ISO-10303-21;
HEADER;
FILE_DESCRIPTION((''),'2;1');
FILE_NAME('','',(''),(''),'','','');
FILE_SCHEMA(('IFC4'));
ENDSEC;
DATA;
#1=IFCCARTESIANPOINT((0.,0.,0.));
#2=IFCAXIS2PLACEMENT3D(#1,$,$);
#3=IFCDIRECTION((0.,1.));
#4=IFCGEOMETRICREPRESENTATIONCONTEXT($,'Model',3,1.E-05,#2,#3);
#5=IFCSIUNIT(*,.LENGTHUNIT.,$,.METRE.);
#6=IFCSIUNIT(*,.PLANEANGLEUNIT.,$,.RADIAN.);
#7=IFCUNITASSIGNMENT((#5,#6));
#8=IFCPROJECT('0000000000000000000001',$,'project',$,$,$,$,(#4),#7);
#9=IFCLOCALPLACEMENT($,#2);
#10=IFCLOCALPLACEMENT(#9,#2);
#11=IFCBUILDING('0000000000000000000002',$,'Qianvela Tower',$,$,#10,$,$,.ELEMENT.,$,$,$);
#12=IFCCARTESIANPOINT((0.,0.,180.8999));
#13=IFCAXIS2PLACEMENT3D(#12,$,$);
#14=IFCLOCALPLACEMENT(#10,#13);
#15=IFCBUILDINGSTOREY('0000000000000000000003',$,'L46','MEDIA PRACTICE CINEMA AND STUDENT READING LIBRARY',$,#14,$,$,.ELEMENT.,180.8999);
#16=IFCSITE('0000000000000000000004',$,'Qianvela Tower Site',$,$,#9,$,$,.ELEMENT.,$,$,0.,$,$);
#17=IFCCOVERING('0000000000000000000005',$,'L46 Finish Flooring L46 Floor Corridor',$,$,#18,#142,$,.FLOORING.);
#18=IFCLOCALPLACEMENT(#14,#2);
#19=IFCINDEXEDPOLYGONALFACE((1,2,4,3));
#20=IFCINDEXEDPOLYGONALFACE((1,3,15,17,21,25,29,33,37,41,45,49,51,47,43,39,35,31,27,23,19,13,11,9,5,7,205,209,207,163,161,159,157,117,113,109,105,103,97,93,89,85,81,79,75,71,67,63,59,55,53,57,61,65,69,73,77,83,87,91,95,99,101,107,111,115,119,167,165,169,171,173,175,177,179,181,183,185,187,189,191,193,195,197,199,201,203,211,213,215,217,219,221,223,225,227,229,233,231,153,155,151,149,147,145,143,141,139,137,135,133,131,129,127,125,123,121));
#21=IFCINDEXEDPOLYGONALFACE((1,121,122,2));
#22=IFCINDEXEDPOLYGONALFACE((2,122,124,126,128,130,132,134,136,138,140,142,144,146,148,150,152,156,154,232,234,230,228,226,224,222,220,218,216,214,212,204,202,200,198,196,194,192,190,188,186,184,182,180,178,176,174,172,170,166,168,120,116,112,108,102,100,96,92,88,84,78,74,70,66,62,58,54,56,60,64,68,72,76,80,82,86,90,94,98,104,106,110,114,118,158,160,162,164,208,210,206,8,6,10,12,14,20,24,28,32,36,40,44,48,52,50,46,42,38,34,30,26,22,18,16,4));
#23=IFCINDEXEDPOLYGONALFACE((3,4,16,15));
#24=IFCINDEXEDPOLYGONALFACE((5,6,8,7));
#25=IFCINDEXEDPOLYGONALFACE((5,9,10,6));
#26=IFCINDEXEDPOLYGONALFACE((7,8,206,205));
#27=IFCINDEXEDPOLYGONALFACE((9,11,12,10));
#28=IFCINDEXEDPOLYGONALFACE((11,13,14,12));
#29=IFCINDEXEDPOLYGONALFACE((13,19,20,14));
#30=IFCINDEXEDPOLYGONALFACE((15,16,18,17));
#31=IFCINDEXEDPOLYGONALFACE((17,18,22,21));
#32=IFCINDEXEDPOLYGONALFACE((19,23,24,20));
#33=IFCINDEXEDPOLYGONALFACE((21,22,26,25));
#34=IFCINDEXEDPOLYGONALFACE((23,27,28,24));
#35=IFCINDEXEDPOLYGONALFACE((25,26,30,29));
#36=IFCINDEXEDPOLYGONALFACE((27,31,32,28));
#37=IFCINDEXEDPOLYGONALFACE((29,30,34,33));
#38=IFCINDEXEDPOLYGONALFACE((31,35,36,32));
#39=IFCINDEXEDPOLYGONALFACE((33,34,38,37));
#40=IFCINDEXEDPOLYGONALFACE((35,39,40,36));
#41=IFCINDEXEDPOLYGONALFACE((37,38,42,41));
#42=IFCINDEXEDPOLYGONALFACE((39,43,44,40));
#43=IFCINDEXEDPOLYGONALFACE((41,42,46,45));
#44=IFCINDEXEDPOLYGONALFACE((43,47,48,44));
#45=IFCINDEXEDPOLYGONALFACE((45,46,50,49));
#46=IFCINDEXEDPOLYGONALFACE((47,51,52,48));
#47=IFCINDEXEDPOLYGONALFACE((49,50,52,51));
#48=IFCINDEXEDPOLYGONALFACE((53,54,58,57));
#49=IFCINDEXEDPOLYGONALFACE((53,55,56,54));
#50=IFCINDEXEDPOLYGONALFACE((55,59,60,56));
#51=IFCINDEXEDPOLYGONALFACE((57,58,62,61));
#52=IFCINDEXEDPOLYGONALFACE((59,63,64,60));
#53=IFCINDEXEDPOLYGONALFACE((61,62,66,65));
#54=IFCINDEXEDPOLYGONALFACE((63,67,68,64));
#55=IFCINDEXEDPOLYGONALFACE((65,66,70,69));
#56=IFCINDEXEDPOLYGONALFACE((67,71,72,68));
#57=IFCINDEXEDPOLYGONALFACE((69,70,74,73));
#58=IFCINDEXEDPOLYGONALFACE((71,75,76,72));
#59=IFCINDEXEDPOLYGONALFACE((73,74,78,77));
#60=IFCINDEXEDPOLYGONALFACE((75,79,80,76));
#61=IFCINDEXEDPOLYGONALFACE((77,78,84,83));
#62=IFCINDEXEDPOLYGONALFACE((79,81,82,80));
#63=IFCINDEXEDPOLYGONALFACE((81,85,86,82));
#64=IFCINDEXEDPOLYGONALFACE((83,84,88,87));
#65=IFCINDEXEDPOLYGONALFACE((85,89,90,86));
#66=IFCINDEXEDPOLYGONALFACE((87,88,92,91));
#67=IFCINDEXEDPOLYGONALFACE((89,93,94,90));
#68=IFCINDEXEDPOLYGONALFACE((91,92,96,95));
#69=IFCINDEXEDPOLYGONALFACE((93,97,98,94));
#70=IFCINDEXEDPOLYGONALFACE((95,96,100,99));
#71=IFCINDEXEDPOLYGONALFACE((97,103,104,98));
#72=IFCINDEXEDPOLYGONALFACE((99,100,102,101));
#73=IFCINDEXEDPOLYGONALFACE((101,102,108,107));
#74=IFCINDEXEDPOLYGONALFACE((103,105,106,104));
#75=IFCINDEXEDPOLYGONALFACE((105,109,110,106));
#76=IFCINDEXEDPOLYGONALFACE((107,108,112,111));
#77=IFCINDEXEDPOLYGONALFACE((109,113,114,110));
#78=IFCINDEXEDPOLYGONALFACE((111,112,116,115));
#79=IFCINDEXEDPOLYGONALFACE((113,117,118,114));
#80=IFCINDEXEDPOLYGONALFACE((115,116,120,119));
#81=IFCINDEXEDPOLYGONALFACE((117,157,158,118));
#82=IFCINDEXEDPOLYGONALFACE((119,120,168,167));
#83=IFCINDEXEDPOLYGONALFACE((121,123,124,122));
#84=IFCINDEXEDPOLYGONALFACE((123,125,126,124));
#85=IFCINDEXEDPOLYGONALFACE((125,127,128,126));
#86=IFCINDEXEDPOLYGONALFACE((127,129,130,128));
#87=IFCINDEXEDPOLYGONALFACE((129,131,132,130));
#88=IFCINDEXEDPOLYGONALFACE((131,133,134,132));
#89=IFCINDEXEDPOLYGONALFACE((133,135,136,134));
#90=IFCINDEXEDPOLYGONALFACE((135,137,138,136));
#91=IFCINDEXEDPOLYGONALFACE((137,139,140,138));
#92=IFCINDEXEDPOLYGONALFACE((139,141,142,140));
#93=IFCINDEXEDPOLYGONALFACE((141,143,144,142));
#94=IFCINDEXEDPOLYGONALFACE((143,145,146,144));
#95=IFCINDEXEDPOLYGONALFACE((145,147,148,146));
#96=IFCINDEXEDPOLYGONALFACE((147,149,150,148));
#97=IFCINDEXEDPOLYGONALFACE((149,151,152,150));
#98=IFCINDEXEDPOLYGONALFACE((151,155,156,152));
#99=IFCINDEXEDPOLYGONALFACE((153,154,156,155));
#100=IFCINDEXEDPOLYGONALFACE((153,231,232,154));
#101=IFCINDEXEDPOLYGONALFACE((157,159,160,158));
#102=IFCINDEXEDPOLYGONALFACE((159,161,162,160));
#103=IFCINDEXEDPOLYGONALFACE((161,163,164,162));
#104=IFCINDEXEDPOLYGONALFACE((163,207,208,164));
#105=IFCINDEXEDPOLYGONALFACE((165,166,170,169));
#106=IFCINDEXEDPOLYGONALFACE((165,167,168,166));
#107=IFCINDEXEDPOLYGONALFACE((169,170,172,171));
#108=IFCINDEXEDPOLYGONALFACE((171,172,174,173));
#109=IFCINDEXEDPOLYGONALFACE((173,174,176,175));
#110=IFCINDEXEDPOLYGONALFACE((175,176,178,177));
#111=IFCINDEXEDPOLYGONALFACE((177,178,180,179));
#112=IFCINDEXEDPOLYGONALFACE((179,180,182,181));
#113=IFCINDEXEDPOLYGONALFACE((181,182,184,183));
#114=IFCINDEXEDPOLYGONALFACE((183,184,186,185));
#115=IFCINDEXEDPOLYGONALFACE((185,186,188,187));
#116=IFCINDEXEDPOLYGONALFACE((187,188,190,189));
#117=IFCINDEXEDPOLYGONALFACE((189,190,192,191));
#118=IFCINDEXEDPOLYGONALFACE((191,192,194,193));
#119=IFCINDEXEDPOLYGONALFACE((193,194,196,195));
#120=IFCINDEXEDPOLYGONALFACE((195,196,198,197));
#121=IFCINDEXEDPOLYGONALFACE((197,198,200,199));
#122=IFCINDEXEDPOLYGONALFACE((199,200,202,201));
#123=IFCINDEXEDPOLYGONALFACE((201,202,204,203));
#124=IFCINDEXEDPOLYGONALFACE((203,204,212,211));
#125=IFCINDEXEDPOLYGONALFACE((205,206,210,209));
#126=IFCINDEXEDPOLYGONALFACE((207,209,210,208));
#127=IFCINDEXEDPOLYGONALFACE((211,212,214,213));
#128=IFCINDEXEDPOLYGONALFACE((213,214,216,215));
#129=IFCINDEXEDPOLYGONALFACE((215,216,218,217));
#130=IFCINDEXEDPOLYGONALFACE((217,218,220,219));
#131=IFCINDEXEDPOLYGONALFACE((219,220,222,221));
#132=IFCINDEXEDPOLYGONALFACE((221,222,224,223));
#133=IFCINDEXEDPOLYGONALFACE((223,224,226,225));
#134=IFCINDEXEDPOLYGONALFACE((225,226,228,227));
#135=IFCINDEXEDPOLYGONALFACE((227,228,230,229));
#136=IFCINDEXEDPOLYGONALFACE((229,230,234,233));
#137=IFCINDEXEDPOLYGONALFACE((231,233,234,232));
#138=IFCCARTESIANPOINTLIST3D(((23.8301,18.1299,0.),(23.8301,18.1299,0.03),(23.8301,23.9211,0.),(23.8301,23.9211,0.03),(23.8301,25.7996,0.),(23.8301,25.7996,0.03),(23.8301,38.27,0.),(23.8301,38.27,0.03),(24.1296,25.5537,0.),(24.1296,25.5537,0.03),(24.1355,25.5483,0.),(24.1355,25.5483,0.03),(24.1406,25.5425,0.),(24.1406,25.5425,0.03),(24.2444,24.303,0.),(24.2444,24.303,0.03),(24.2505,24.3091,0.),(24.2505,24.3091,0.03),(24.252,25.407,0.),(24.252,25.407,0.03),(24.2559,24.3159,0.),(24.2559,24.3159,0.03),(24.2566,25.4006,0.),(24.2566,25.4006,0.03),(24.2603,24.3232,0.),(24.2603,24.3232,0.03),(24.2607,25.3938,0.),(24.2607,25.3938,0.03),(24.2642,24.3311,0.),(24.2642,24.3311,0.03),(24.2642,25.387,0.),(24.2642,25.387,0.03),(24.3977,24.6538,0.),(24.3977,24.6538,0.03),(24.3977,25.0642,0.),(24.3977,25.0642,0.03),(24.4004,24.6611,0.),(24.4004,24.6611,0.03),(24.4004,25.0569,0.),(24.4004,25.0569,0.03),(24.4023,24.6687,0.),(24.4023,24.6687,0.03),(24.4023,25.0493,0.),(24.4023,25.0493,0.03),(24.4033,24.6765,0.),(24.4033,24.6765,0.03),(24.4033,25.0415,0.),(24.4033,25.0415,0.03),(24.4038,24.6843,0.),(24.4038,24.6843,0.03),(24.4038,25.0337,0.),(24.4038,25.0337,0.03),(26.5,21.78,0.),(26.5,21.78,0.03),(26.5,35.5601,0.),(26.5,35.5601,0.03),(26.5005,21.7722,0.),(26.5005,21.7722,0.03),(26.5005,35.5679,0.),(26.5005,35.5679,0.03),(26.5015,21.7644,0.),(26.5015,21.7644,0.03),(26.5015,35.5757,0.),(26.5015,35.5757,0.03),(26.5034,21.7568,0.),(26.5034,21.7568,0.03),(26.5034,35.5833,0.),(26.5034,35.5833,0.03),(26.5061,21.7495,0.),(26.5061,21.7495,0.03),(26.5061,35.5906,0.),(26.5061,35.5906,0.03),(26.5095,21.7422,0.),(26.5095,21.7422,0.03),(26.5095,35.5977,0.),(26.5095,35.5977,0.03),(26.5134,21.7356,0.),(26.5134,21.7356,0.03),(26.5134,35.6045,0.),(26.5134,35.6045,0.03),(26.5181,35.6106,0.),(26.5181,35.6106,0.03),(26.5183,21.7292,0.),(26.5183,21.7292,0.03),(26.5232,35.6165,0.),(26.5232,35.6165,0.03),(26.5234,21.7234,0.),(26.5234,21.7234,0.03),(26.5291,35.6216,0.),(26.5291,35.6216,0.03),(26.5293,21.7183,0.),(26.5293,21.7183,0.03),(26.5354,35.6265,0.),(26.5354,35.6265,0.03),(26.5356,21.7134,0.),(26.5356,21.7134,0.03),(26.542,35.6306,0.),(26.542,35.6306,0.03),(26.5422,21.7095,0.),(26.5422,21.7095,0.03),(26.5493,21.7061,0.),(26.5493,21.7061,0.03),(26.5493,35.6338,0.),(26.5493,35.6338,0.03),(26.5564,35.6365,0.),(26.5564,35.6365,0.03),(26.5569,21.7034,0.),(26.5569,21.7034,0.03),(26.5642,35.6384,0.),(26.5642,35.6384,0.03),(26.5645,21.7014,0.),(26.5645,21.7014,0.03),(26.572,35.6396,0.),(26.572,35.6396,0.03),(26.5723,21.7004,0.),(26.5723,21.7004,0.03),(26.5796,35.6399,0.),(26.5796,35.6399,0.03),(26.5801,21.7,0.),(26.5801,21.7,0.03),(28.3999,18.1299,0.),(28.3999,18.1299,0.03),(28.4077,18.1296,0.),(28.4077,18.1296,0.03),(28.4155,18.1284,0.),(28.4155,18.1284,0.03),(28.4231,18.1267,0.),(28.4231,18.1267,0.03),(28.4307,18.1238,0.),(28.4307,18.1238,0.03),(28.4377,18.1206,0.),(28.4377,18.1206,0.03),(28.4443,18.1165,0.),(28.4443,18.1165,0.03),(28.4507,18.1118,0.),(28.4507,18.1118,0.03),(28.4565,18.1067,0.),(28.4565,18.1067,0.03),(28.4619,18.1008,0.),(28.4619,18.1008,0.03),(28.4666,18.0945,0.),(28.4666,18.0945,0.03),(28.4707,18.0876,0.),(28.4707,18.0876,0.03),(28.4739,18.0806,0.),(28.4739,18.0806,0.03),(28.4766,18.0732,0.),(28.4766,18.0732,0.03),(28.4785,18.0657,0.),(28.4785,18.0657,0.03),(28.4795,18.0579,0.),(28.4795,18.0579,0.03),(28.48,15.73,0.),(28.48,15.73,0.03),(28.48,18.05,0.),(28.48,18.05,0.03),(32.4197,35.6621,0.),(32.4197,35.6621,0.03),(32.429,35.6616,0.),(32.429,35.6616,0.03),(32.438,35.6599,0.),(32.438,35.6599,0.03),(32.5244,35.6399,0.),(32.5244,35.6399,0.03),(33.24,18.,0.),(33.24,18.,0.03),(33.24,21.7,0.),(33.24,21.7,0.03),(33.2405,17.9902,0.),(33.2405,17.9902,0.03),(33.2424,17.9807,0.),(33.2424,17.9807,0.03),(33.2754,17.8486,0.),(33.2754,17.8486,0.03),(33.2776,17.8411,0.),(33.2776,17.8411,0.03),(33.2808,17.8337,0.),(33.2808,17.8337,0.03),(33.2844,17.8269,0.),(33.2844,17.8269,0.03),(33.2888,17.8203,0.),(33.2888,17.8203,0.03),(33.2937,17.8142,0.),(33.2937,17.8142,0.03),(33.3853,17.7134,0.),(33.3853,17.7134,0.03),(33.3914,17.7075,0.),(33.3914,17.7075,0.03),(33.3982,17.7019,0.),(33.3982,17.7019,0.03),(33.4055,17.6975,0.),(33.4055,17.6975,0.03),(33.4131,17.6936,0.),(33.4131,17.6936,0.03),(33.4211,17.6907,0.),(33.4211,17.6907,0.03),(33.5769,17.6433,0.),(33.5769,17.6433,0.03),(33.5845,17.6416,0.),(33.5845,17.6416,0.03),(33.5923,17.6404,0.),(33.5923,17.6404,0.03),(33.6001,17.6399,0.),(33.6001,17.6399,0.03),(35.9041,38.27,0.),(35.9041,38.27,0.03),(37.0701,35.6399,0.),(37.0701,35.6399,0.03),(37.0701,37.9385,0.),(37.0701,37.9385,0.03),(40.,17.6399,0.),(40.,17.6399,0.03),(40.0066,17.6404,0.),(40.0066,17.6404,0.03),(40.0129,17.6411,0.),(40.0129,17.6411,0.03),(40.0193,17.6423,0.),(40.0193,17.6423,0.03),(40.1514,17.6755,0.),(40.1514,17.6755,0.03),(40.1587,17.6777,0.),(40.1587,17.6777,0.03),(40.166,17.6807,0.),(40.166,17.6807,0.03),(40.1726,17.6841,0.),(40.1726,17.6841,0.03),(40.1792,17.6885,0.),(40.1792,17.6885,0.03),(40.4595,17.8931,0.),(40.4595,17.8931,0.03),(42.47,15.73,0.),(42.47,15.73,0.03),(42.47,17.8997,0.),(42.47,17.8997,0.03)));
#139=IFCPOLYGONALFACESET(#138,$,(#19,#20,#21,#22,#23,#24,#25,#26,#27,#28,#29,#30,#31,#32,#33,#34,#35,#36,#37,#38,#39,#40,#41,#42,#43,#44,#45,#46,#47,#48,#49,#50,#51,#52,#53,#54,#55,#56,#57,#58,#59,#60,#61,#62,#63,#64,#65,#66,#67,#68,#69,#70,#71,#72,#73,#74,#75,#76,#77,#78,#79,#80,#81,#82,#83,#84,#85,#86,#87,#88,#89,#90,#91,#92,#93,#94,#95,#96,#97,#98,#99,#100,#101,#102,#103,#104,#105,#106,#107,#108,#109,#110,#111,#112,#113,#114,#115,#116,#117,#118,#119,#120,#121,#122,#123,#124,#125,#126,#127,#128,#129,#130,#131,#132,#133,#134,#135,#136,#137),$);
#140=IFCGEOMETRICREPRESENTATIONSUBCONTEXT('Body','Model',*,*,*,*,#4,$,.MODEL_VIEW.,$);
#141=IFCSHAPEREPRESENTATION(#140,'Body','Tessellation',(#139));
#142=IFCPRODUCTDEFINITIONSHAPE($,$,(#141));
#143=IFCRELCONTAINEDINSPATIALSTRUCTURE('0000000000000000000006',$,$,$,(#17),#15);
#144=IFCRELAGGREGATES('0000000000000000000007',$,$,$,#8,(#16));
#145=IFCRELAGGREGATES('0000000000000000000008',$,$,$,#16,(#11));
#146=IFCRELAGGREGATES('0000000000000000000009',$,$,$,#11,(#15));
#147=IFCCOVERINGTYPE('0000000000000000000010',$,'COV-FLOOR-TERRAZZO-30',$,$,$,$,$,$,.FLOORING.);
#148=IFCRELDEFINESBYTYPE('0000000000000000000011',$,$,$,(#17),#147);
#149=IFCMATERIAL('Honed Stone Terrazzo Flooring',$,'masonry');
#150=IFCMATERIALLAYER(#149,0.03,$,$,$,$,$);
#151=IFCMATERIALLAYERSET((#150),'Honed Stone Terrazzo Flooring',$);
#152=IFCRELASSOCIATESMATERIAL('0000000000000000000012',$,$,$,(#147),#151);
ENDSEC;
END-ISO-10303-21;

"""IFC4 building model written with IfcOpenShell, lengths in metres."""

from ifc_helpers import new_model, si_unit, direction, frame, origin, place, context, subcontext, project, spatial, polyline, outline, extrude, material, layer, layer_set, type_object, element, save


model = new_model("IFC4")

# Units and contexts
model_context = context("Model", 3, precision=1e-05, world=origin(), true_north=direction((0.0, 1.0)))
body_context = subcontext(model_context, "Body", "Model", "MODEL_VIEW")
ifc_project = project(units=[si_unit("LENGTHUNIT", "METRE"), si_unit("PLANEANGLEUNIT", "RADIAN")], contexts=[model_context])

# Site, building, storey
site_placement = place(None, origin())
site = spatial("IfcSite", under=ifc_project, at=site_placement, Name="Qianvela Tower Site", CompositionType="ELEMENT", RefElevation=0.0)
building_placement = place(site_placement, origin())
building = spatial("IfcBuilding", under=site, at=building_placement, Name="Qianvela Tower", CompositionType="ELEMENT")
storey_placement = place(building_placement, frame((0.0, 0.0, 180.8999)))
storey = spatial("IfcBuildingStorey", under=building, at=storey_placement, Name="L46", Description="MEDIA PRACTICE CINEMA AND STUDENT READING LIBRARY", CompositionType="ELEMENT", Elevation=180.8999)

# Covering
ifc_material_1 = material(Name="Honed Stone Terrazzo Flooring", Category="masonry")
ifc_layer_1 = layer(ifc_material_1, 0.03)
ifc_layer_set_1 = layer_set([ifc_layer_1], Name="Honed Stone Terrazzo Flooring")
covering_type_1 = type_object("IfcCoveringType", Name="COV-FLOOR-TERRAZZO-30", PredefinedType="FLOORING", material=ifc_layer_set_1)
covering_1_placement = place(storey_placement, origin())
element("IfcCovering", 1, at=covering_1_placement, inside=storey, type_object=covering_type_1, Name="L46 Finish Flooring L46 Floor Corridor", PredefinedType="FLOORING", context=body_context, shape_type="SweptSolid", body=[
    extrude(outline(polyline([(24.4038, 25.0337), (24.4033, 25.0415), (24.4023, 25.0493), (24.4004, 25.0569), (24.3977, 25.0642), (24.2642, 25.387), (24.2607, 25.3938), (24.2566, 25.4006), (24.252, 25.407), (24.1406, 25.5425), (24.1355, 25.5483), (24.1296, 25.5537), (23.8301, 25.7996), (23.8301, 38.27), (35.9041, 38.27), (37.0701, 37.9385), (37.0701, 35.6399), (32.5244, 35.6399), (32.438, 35.6599), (32.429, 35.6616), (32.4197, 35.6621), (26.5796, 35.6399), (26.572, 35.6396), (26.5642, 35.6384), (26.5564, 35.6365), (26.5493, 35.6338), (26.542, 35.6306), (26.5354, 35.6265), (26.5291, 35.6216), (26.5232, 35.6165), (26.5181, 35.6106), (26.5134, 35.6045), (26.5095, 35.5977), (26.5061, 35.5906), (26.5034, 35.5833), (26.5015, 35.5757), (26.5005, 35.5679), (26.5, 35.5601), (26.5, 21.78), (26.5005, 21.7722), (26.5015, 21.7644), (26.5034, 21.7568), (26.5061, 21.7495), (26.5095, 21.7422), (26.5134, 21.7356), (26.5183, 21.7292), (26.5234, 21.7234), (26.5293, 21.7183), (26.5356, 21.7134), (26.5422, 21.7095), (26.5493, 21.7061), (26.5569, 21.7034), (26.5645, 21.7014), (26.5723, 21.7004), (26.5801, 21.7), (33.24, 21.7), (33.24, 18.0), (33.2405, 17.9902), (33.2424, 17.9807), (33.2754, 17.8486), (33.2776, 17.8411), (33.2808, 17.8337), (33.2844, 17.8269), (33.2888, 17.8203), (33.2937, 17.8142), (33.3853, 17.7134), (33.3914, 17.7075), (33.3982, 17.7019), (33.4055, 17.6975), (33.4131, 17.6936), (33.4211, 17.6907), (33.5769, 17.6433), (33.5845, 17.6416), (33.5923, 17.6404), (33.6001, 17.6399), (40.0, 17.6399), (40.0066, 17.6404), (40.0129, 17.6411), (40.0193, 17.6423), (40.1514, 17.6755), (40.1587, 17.6777), (40.166, 17.6807), (40.1726, 17.6841), (40.1792, 17.6885), (40.4595, 17.8931), (42.47, 17.8997), (42.47, 15.73), (28.48, 15.73), (28.48, 18.05), (28.4795, 18.0579), (28.4785, 18.0657), (28.4766, 18.0732), (28.4739, 18.0806), (28.4707, 18.0876), (28.4666, 18.0945), (28.4619, 18.1008), (28.4565, 18.1067), (28.4507, 18.1118), (28.4443, 18.1165), (28.4377, 18.1206), (28.4307, 18.1238), (28.4231, 18.1267), (28.4155, 18.1284), (28.4077, 18.1296), (28.3999, 18.1299), (23.8301, 18.1299), (23.8301, 23.9211), (24.2444, 24.303), (24.2505, 24.3091), (24.2559, 24.3159), (24.2603, 24.3232), (24.2642, 24.3311), (24.3977, 24.6538), (24.4004, 24.6611), (24.4023, 24.6687), (24.4033, 24.6765), (24.4038, 24.6843), (24.4038, 25.0337)])), origin(), (0.0, 0.0, 1.0), 0.03),
])

save(model, "model.ifc")
